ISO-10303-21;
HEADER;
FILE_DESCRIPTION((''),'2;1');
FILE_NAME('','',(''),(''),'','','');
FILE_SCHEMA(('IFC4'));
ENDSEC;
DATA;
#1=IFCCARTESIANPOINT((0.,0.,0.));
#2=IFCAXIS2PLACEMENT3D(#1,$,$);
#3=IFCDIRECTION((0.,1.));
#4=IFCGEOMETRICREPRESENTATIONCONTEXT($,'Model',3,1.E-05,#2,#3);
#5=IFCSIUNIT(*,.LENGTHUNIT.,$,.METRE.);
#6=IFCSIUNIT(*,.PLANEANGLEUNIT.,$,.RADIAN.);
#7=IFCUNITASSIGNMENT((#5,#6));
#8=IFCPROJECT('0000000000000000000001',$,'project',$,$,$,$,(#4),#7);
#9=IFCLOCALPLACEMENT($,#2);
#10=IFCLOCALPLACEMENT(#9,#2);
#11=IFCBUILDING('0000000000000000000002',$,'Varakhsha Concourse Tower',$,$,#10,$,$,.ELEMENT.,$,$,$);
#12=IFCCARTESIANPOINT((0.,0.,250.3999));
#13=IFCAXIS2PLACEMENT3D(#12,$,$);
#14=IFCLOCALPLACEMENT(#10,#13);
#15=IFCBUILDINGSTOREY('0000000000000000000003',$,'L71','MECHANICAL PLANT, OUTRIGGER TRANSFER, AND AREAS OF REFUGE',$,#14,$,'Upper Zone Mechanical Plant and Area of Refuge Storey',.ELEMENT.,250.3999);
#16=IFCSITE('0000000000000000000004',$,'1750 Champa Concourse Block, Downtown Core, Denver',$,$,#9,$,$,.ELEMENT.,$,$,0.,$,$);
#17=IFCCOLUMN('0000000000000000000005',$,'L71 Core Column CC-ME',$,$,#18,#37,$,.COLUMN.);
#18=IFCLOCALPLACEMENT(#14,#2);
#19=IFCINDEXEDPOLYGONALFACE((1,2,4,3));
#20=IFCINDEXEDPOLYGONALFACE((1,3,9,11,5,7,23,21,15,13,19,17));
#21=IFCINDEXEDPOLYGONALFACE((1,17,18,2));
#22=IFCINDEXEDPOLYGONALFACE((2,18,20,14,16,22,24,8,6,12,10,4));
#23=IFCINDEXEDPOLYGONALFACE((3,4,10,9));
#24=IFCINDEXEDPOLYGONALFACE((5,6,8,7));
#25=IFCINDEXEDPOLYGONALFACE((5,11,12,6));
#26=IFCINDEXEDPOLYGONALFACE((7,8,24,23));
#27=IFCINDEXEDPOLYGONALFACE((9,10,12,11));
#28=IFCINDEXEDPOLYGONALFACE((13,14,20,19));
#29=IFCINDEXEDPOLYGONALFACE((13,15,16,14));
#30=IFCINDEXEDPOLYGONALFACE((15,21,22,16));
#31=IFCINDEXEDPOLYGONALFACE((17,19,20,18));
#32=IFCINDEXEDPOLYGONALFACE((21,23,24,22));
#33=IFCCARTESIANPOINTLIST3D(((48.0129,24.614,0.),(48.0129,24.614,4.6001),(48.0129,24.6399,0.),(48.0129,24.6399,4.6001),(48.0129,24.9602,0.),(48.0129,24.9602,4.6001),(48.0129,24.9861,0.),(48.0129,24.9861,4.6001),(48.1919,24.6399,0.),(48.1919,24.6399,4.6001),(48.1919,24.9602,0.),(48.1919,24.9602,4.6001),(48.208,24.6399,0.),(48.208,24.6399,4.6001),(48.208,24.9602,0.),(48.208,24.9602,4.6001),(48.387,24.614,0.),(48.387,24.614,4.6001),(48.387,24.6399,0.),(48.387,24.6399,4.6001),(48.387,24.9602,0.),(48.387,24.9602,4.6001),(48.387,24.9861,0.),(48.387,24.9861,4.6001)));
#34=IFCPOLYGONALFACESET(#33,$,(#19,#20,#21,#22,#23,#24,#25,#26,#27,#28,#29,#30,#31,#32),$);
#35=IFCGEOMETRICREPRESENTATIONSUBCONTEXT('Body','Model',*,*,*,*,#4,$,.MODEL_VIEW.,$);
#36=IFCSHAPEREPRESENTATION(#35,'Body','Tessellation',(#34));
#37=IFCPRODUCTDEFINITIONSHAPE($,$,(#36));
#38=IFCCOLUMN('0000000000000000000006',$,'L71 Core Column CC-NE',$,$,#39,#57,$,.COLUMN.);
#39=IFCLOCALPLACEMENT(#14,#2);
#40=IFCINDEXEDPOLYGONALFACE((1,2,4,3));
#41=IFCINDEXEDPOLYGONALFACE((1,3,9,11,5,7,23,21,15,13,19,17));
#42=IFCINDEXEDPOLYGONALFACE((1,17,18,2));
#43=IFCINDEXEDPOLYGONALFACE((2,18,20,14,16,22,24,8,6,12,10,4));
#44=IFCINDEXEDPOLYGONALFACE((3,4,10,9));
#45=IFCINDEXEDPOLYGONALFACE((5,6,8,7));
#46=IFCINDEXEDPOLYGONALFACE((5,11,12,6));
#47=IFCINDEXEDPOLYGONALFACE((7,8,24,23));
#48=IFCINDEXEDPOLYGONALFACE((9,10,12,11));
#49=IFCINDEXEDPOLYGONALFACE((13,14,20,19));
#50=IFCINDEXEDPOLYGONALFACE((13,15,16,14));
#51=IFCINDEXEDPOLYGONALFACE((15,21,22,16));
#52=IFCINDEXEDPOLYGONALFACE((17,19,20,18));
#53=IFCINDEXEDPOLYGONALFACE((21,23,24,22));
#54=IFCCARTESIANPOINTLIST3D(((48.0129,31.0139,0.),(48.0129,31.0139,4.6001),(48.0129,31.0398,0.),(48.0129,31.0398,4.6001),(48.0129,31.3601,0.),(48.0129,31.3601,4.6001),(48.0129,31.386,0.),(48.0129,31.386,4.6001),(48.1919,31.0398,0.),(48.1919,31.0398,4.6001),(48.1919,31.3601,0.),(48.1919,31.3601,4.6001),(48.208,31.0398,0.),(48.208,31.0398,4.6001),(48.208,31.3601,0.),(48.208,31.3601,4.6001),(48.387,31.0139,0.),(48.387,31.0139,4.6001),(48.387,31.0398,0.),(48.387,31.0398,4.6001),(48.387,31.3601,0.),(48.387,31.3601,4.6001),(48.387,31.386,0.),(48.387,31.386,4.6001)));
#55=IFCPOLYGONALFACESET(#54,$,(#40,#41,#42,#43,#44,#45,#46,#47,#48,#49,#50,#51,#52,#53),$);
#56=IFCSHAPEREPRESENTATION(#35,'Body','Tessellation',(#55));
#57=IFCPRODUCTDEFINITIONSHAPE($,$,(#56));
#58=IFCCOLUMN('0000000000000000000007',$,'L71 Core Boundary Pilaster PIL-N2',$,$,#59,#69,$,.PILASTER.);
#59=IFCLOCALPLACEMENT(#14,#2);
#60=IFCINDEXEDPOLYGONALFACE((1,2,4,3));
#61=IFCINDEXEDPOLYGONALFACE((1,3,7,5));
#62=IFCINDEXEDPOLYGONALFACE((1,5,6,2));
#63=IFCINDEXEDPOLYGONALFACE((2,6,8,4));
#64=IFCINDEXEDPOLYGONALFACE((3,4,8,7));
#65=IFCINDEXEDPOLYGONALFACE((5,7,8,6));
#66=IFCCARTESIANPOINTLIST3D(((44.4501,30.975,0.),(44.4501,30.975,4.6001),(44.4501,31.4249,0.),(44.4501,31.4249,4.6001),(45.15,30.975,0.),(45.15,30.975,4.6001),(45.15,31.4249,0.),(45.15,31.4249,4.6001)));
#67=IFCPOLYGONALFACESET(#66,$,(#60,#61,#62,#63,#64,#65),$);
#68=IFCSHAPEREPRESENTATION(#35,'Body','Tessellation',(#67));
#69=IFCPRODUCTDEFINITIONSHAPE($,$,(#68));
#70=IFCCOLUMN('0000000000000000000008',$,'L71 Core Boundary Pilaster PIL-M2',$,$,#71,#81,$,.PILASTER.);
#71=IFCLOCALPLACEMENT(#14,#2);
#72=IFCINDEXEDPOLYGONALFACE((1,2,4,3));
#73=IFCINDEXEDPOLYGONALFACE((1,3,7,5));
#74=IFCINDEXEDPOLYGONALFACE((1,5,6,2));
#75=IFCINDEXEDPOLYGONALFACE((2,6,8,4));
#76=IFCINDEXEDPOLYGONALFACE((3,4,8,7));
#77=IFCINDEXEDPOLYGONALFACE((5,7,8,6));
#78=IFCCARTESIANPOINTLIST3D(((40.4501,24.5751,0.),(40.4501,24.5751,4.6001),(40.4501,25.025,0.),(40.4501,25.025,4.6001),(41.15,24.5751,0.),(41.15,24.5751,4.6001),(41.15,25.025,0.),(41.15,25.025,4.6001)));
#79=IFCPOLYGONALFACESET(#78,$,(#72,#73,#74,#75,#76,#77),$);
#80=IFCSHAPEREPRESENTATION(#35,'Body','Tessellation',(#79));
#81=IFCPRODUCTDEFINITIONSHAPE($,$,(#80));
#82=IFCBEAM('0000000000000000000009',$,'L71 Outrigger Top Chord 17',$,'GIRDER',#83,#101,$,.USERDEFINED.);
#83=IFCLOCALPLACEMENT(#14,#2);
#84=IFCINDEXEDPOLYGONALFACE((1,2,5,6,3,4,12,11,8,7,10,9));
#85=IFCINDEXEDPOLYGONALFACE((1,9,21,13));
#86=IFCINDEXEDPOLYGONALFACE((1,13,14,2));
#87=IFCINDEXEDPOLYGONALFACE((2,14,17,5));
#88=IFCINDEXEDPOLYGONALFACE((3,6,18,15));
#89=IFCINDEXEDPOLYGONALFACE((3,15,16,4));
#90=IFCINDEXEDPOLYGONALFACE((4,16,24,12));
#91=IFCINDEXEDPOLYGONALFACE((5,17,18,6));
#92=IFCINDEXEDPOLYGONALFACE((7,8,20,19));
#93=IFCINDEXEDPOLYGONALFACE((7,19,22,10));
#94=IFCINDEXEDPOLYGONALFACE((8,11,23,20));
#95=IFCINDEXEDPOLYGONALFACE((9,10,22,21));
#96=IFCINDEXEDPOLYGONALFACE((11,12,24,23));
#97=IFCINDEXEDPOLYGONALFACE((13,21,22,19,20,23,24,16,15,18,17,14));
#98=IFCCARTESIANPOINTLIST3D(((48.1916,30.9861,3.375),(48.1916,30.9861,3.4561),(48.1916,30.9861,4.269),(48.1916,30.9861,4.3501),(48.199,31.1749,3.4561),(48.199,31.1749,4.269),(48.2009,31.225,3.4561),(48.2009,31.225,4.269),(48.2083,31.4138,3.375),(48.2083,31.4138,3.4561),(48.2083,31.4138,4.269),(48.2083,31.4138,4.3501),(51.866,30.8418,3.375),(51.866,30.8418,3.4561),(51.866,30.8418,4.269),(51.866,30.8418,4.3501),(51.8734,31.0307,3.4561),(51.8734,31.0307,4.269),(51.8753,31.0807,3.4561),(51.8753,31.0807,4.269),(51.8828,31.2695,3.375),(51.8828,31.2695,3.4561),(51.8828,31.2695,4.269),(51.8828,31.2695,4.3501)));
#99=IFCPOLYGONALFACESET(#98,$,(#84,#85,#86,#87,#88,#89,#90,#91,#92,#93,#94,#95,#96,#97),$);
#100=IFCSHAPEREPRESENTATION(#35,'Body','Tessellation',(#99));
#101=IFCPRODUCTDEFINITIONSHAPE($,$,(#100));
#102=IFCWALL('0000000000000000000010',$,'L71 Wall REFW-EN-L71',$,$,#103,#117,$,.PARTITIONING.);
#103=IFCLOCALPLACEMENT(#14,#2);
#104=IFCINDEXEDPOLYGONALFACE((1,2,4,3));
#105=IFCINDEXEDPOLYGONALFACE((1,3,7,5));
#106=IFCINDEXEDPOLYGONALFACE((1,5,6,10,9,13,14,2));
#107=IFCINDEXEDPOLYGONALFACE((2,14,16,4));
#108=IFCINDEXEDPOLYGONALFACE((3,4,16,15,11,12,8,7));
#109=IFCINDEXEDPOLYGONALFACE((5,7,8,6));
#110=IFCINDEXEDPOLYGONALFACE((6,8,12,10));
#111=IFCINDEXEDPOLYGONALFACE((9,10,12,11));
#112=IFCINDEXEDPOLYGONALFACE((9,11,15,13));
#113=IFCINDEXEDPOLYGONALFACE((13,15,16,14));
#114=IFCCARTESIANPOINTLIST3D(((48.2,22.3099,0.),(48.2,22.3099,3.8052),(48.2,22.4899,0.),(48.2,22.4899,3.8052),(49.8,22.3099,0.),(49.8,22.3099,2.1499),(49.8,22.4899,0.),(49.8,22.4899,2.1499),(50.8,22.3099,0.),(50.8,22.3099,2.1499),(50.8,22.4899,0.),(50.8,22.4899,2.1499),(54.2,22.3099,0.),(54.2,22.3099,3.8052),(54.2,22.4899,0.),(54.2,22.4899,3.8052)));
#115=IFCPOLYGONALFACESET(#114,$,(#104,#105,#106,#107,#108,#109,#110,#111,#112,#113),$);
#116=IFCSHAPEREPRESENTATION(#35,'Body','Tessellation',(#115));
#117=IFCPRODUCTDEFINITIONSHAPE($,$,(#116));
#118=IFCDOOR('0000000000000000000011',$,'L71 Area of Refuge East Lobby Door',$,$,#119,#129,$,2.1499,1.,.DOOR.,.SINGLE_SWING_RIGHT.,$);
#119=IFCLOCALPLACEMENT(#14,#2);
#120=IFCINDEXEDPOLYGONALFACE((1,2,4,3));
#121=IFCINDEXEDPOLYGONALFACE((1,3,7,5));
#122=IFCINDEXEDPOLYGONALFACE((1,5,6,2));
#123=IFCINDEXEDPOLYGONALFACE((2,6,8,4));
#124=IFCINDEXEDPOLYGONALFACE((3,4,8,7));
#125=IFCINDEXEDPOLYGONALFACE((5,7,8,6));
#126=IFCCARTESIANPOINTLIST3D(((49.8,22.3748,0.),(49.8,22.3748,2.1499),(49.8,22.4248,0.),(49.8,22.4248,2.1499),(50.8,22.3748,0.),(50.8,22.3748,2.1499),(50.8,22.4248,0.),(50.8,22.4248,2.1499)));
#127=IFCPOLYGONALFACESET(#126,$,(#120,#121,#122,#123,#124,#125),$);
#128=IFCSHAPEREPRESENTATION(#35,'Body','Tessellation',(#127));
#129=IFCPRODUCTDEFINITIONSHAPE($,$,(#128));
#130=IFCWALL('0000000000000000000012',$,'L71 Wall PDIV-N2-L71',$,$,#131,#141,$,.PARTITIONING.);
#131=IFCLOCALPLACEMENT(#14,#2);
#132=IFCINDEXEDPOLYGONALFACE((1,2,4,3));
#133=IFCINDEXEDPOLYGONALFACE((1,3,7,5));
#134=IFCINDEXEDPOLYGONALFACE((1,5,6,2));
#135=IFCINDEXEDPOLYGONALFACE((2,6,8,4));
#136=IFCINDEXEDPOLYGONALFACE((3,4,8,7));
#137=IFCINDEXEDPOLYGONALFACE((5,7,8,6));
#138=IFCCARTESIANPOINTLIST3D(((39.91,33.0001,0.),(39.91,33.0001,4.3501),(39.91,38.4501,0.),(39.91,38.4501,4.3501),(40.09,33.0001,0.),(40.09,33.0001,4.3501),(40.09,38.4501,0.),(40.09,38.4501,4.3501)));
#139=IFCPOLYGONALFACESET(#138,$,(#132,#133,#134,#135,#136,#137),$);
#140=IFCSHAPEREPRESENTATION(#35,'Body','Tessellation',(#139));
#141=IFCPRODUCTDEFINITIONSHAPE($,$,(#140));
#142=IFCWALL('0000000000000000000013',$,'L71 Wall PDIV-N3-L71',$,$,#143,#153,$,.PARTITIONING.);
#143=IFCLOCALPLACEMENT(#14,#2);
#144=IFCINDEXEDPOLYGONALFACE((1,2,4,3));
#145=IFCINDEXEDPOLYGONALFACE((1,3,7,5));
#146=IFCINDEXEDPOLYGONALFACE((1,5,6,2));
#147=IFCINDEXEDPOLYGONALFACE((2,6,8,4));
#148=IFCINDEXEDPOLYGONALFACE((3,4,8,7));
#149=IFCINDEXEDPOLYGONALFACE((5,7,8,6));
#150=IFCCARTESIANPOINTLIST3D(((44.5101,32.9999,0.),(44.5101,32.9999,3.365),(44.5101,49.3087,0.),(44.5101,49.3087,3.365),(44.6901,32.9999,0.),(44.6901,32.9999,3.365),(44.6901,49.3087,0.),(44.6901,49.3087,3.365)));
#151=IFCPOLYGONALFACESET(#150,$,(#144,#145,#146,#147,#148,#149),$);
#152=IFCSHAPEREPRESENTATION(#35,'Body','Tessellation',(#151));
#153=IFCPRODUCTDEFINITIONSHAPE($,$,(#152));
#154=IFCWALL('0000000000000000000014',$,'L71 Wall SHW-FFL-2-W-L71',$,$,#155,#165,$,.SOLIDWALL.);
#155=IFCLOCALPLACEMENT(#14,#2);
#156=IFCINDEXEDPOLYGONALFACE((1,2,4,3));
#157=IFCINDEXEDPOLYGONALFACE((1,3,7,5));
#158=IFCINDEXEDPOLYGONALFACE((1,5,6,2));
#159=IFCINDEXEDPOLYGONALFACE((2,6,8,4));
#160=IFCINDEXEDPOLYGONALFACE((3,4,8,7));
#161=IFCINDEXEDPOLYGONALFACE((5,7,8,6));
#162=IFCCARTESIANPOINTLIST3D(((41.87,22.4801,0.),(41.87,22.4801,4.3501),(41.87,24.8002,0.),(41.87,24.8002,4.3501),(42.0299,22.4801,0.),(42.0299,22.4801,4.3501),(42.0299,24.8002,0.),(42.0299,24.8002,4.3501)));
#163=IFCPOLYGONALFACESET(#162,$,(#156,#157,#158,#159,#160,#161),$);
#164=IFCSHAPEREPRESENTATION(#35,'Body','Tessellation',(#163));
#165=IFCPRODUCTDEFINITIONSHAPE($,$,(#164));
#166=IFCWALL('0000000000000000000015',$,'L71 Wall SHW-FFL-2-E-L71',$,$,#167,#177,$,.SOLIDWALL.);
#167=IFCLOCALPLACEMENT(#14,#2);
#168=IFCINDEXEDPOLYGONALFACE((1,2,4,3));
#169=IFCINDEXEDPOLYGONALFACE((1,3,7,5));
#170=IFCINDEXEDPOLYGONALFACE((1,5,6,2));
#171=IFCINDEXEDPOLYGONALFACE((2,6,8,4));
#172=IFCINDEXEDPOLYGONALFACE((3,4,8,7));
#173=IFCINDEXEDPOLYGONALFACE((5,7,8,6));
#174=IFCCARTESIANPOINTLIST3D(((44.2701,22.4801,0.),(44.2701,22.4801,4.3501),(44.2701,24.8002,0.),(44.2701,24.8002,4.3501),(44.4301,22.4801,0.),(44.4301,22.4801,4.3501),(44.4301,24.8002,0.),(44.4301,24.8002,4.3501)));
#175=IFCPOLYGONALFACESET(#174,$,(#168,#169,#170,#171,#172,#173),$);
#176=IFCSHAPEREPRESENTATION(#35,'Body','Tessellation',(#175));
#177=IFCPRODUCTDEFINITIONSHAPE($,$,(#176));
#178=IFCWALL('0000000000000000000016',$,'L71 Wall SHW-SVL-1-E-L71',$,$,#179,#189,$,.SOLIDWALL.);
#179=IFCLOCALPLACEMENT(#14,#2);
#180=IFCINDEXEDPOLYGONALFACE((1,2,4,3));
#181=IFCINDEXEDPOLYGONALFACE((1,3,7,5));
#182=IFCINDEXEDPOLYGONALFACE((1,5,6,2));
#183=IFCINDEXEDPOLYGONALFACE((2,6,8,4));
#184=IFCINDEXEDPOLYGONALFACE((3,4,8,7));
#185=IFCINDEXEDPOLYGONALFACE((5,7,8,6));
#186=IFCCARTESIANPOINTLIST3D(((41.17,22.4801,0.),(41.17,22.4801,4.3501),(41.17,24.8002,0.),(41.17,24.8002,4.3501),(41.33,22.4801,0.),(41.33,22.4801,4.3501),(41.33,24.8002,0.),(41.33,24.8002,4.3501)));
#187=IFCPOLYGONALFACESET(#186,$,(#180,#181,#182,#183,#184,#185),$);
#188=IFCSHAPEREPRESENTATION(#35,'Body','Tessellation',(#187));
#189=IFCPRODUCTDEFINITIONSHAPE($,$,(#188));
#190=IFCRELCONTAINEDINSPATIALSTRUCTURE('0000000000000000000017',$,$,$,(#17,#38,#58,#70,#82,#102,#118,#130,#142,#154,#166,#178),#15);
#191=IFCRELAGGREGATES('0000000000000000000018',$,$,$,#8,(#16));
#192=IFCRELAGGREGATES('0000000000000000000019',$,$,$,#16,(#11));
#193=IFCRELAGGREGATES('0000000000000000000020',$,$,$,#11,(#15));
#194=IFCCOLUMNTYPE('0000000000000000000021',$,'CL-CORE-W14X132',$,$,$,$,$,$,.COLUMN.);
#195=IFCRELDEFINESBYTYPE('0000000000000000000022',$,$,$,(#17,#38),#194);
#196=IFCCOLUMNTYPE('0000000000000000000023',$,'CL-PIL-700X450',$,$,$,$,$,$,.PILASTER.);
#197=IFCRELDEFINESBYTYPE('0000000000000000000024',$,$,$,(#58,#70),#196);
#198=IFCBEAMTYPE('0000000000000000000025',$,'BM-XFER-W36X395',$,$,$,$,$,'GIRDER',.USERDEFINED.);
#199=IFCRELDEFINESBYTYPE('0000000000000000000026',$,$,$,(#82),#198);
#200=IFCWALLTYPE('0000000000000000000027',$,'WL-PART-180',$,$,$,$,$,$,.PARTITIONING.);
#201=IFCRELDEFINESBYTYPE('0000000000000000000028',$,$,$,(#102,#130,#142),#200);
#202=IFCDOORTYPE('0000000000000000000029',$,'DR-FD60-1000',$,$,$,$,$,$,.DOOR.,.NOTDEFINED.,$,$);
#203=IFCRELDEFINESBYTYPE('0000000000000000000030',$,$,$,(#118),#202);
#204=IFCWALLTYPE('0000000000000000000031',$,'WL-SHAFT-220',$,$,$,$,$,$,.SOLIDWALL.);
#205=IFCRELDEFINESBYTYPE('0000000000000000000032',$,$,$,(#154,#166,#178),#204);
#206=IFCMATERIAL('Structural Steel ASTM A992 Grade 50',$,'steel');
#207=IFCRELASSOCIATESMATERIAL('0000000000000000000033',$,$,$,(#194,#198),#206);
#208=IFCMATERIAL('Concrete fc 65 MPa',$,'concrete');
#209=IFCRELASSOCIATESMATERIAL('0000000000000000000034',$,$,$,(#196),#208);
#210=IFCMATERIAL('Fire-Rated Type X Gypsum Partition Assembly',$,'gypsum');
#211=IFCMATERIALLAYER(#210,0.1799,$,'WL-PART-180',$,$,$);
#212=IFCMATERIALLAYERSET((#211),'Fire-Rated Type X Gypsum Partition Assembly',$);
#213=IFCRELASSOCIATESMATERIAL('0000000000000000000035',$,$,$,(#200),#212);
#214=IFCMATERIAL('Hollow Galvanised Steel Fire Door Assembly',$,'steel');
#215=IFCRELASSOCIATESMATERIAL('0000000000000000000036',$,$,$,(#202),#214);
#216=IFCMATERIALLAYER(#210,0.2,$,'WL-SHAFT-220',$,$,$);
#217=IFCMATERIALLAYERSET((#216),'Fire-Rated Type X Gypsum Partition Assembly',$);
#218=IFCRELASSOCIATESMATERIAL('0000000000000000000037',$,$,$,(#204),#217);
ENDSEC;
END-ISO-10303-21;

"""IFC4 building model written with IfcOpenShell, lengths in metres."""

from ifc_helpers import new_model, si_unit, direction, frame, frame_2d, origin, origin_2d, place, context, subcontext, project, spatial, rectangle, i_section, extrude, material, layer, layer_set, material_profile, profile_set, type_object, element, fill, save


model = new_model("IFC4")

# Units and contexts
model_context = context("Model", 3, precision=1e-05, world=origin(), true_north=direction((0.0, 1.0)))
body_context = subcontext(model_context, "Body", "Model", "MODEL_VIEW")
ifc_project = project(units=[si_unit("LENGTHUNIT", "METRE"), si_unit("PLANEANGLEUNIT", "RADIAN")], contexts=[model_context])

# Site, building, storey
site_placement = place(None, origin())
site = spatial("IfcSite", under=ifc_project, at=site_placement, Name="1750 Champa Concourse Block, Downtown Core, Denver", CompositionType="ELEMENT", RefElevation=0.0)
building_placement = place(site_placement, origin())
building = spatial("IfcBuilding", under=site, at=building_placement, Name="Varakhsha Concourse Tower", CompositionType="ELEMENT")
storey_placement = place(building_placement, frame((0.0, 0.0, 250.3999)))
storey = spatial("IfcBuildingStorey", under=building, at=storey_placement, Name="L71", Description="MECHANICAL PLANT, OUTRIGGER TRANSFER, AND AREAS OF REFUGE", LongName="Upper Zone Mechanical Plant and Area of Refuge Storey", CompositionType="ELEMENT", Elevation=250.3999)

# Columns
ifc_material_1 = material(Name="Structural Steel ASTM A992 Grade 50", Category="steel")
ifc_material_profile_1 = material_profile(ifc_material_1, i_section(OverallWidth=0.374, OverallDepth=0.3721, WebThickness=0.0161, FlangeThickness=0.0259, at=origin_2d()), Name="W14X132")
ifc_profile_set_1 = profile_set([ifc_material_profile_1], Name="Structural Steel ASTM A992 Grade 50")
column_type_1 = type_object("IfcColumnType", Name="CL-CORE-W14X132", PredefinedType="COLUMN", material=ifc_profile_set_1)
for number, where, z_axis, x_axis, name in (
    (1, (48.2, 24.8, 0.0), (0.0, 0.0, 1.0), (1.0, 0.0, 0.0), "L71 Core Column CC-ME"),
    (2, (48.2, 31.2, 0.0), (0.0, 0.0, 1.0), (1.0, 0.0, 0.0), "L71 Core Column CC-NE"),
):
    element("IfcColumn", number, at=place(storey_placement, frame(where, z_axis=z_axis, x_axis=x_axis)), inside=storey, type_object=column_type_1, Name=name, PredefinedType="COLUMN", context=body_context, shape_type="SweptSolid", body=[
        extrude(i_section(OverallWidth=0.374, OverallDepth=0.3721, WebThickness=0.0161, FlangeThickness=0.0259, at=origin_2d()), origin(), (0.0, 0.0, 1.0), 4.6001),
    ])
ifc_material_2 = material(Name="Concrete fc 65 MPa", Category="concrete")
ifc_material_profile_2 = material_profile(ifc_material_2, rectangle(XDim=0.7, YDim=0.45, at=origin_2d()), Name="RC 700x450")
ifc_profile_set_2 = profile_set([ifc_material_profile_2], Name="Concrete fc 65 MPa")
column_type_2 = type_object("IfcColumnType", Name="CL-PIL-700X450", PredefinedType="PILASTER", material=ifc_profile_set_2)
for number, where, z_axis, x_axis, name in (
    (3, (44.8, 31.2, 0.0), (0.0, 0.0, 1.0), (1.0, 0.0, 0.0), "L71 Core Boundary Pilaster PIL-N2"),
    (4, (40.8, 24.8, 0.0), (0.0, 0.0, 1.0), (1.0, 0.0, 0.0), "L71 Core Boundary Pilaster PIL-M2"),
):
    element("IfcColumn", number, at=place(storey_placement, frame(where, z_axis=z_axis, x_axis=x_axis)), inside=storey, type_object=column_type_2, Name=name, PredefinedType="PILASTER", context=body_context, shape_type="SweptSolid", body=[
        extrude(rectangle(XDim=0.7, YDim=0.45, at=origin_2d()), origin(), (0.0, 0.0, 1.0), 4.6001),
    ])

# Beam
ifc_material_profile_3 = material_profile(ifc_material_1, i_section(OverallWidth=0.428, OverallDepth=0.9751, WebThickness=0.05, FlangeThickness=0.0811, at=origin_2d()), Name="W36X395")
ifc_profile_set_3 = profile_set([ifc_material_profile_3], Name="Structural Steel ASTM A992 Grade 50")
beam_type = type_object("IfcBeamType", Name="BM-XFER-W36X395", ElementType="GIRDER", PredefinedType="USERDEFINED", material=ifc_profile_set_3)
beam_placement = place(storey_placement, frame((48.2, 31.2, 3.8625), z_axis=(0.99923, -0.039239, 0.0), x_axis=(0.039239, 0.99923, 0.0)))
element("IfcBeam", 5, at=beam_placement, inside=storey, type_object=beam_type, Name="L71 Outrigger Top Chord 17", ObjectType="GIRDER", PredefinedType="USERDEFINED", context=body_context, shape_type="SweptSolid", body=[
    extrude(i_section(OverallWidth=0.428, OverallDepth=0.9751, WebThickness=0.05, FlangeThickness=0.0811, at=origin_2d()), origin(), (0.0, 0.0, 1.0), 3.6772),
])

# Wall, opening, door
ifc_material_3 = material(Name="Fire-Rated Type X Gypsum Partition Assembly", Category="gypsum")
ifc_layer_1 = layer(ifc_material_3, 0.1799, Name="WL-PART-180")
ifc_layer_set_1 = layer_set([ifc_layer_1], Name="Fire-Rated Type X Gypsum Partition Assembly")
wall_type_1 = type_object("IfcWallType", Name="WL-PART-180", PredefinedType="PARTITIONING", material=ifc_layer_set_1)
wall_1_placement = place(storey_placement, frame((48.2, 22.3999, 0.0), z_axis=(0.0, 0.0, 1.0), x_axis=(1.0, 0.0, 0.0)))
wall_1 = element("IfcWall", 6, at=wall_1_placement, inside=storey, type_object=wall_type_1, Name="L71 Wall REFW-EN-L71", PredefinedType="PARTITIONING", context=body_context, shape_type="SweptSolid", body=[
    extrude(rectangle(XDim=6.0, YDim=0.1799, at=frame_2d((3.0, 0.0))), origin(), (0.0, 0.0, 1.0), 3.8052),
])
opening_placement = place(wall_1_placement, frame((1.6001, 0.0, 0.0)))
opening = element("IfcOpeningElement", 7, at=opening_placement, cuts=wall_1, PredefinedType="OPENING", context=body_context, shape_type="SweptSolid", body=[
    extrude(rectangle(XDim=1.0, YDim=2.1499, at=frame_2d((0.5, 1.075))), frame((0.0, 0.0999, 0.0), z_axis=(0.0, -1.0, 0.0), x_axis=(1.0, 0.0, 0.0)), (0.0, 0.0, 1.0), 0.2),
])
ifc_material_4 = material(Name="Hollow Galvanised Steel Fire Door Assembly", Category="steel")
door_type = type_object("IfcDoorType", Name="DR-FD60-1000", OperationType="NOTDEFINED", PredefinedType="DOOR", material=ifc_material_4)
door_placement = place(opening_placement, origin())
door = element("IfcDoor", 8, at=door_placement, inside=storey, type_object=door_type, Name="L71 Area of Refuge East Lobby Door", OperationType="SINGLE_SWING_RIGHT", OverallHeight=2.1499, OverallWidth=1.0, PredefinedType="DOOR", context=body_context, shape_type="SweptSolid", body=[
    extrude(rectangle(XDim=1.0, YDim=2.1499, at=frame_2d((0.5, 1.075))), frame((0.0, 0.0249, 0.0), z_axis=(0.0, -1.0, 0.0), x_axis=(1.0, 0.0, 0.0)), (0.0, 0.0, 1.0), 0.05),
])
fill(opening, door)

# Walls
wall_2_placement = place(storey_placement, frame((40.0, 33.0, 0.0), z_axis=(0.0, 0.0, 1.0), x_axis=(0.0, 1.0, 0.0)))
element("IfcWall", 9, at=wall_2_placement, inside=storey, type_object=wall_type_1, Name="L71 Wall PDIV-N2-L71", PredefinedType="PARTITIONING", context=body_context, shape_type="SweptSolid", body=[
    extrude(rectangle(XDim=5.45, YDim=0.1799, at=frame_2d((2.7251, 0.0))), origin(), (0.0, 0.0, 1.0), 4.3501),
])
wall_3_placement = place(storey_placement, frame((44.6001, 33.0, 0.0), z_axis=(0.0, 0.0, 1.0), x_axis=(0.0, 1.0, 0.0)))
element("IfcWall", 10, at=wall_3_placement, inside=storey, type_object=wall_type_1, Name="L71 Wall PDIV-N3-L71", PredefinedType="PARTITIONING", context=body_context, shape_type="SweptSolid", body=[
    extrude(rectangle(XDim=16.3088, YDim=0.1799, at=frame_2d((8.1543, 0.0))), origin(), (0.0, 0.0, 1.0), 3.365),
])
ifc_layer_2 = layer(ifc_material_3, 0.2, Name="WL-SHAFT-220")
ifc_layer_set_2 = layer_set([ifc_layer_2], Name="Fire-Rated Type X Gypsum Partition Assembly")
wall_type_2 = type_object("IfcWallType", Name="WL-SHAFT-220", PredefinedType="SOLIDWALL", material=ifc_layer_set_2)
for number, where, z_axis, x_axis, name in (
    (11, (41.95, 22.48, 0.0), (0.0, 0.0, 1.0), (0.0, 1.0, 0.0), "L71 Wall SHW-FFL-2-W-L71"),
    (12, (44.3501, 22.48, 0.0), (0.0, 0.0, 1.0), (0.0, 1.0, 0.0), "L71 Wall SHW-FFL-2-E-L71"),
    (13, (41.25, 22.48, 0.0), (0.0, 0.0, 1.0), (0.0, 1.0, 0.0), "L71 Wall SHW-SVL-1-E-L71"),
):
    element("IfcWall", number, at=place(storey_placement, frame(where, z_axis=z_axis, x_axis=x_axis)), inside=storey, type_object=wall_type_2, Name=name, PredefinedType="SOLIDWALL", context=body_context, shape_type="SweptSolid", body=[
        extrude(rectangle(XDim=2.3201, YDim=0.1599, at=frame_2d((1.1602, 0.0))), origin(), (0.0, 0.0, 1.0), 4.3501),
    ])

save(model, "model.ifc")
